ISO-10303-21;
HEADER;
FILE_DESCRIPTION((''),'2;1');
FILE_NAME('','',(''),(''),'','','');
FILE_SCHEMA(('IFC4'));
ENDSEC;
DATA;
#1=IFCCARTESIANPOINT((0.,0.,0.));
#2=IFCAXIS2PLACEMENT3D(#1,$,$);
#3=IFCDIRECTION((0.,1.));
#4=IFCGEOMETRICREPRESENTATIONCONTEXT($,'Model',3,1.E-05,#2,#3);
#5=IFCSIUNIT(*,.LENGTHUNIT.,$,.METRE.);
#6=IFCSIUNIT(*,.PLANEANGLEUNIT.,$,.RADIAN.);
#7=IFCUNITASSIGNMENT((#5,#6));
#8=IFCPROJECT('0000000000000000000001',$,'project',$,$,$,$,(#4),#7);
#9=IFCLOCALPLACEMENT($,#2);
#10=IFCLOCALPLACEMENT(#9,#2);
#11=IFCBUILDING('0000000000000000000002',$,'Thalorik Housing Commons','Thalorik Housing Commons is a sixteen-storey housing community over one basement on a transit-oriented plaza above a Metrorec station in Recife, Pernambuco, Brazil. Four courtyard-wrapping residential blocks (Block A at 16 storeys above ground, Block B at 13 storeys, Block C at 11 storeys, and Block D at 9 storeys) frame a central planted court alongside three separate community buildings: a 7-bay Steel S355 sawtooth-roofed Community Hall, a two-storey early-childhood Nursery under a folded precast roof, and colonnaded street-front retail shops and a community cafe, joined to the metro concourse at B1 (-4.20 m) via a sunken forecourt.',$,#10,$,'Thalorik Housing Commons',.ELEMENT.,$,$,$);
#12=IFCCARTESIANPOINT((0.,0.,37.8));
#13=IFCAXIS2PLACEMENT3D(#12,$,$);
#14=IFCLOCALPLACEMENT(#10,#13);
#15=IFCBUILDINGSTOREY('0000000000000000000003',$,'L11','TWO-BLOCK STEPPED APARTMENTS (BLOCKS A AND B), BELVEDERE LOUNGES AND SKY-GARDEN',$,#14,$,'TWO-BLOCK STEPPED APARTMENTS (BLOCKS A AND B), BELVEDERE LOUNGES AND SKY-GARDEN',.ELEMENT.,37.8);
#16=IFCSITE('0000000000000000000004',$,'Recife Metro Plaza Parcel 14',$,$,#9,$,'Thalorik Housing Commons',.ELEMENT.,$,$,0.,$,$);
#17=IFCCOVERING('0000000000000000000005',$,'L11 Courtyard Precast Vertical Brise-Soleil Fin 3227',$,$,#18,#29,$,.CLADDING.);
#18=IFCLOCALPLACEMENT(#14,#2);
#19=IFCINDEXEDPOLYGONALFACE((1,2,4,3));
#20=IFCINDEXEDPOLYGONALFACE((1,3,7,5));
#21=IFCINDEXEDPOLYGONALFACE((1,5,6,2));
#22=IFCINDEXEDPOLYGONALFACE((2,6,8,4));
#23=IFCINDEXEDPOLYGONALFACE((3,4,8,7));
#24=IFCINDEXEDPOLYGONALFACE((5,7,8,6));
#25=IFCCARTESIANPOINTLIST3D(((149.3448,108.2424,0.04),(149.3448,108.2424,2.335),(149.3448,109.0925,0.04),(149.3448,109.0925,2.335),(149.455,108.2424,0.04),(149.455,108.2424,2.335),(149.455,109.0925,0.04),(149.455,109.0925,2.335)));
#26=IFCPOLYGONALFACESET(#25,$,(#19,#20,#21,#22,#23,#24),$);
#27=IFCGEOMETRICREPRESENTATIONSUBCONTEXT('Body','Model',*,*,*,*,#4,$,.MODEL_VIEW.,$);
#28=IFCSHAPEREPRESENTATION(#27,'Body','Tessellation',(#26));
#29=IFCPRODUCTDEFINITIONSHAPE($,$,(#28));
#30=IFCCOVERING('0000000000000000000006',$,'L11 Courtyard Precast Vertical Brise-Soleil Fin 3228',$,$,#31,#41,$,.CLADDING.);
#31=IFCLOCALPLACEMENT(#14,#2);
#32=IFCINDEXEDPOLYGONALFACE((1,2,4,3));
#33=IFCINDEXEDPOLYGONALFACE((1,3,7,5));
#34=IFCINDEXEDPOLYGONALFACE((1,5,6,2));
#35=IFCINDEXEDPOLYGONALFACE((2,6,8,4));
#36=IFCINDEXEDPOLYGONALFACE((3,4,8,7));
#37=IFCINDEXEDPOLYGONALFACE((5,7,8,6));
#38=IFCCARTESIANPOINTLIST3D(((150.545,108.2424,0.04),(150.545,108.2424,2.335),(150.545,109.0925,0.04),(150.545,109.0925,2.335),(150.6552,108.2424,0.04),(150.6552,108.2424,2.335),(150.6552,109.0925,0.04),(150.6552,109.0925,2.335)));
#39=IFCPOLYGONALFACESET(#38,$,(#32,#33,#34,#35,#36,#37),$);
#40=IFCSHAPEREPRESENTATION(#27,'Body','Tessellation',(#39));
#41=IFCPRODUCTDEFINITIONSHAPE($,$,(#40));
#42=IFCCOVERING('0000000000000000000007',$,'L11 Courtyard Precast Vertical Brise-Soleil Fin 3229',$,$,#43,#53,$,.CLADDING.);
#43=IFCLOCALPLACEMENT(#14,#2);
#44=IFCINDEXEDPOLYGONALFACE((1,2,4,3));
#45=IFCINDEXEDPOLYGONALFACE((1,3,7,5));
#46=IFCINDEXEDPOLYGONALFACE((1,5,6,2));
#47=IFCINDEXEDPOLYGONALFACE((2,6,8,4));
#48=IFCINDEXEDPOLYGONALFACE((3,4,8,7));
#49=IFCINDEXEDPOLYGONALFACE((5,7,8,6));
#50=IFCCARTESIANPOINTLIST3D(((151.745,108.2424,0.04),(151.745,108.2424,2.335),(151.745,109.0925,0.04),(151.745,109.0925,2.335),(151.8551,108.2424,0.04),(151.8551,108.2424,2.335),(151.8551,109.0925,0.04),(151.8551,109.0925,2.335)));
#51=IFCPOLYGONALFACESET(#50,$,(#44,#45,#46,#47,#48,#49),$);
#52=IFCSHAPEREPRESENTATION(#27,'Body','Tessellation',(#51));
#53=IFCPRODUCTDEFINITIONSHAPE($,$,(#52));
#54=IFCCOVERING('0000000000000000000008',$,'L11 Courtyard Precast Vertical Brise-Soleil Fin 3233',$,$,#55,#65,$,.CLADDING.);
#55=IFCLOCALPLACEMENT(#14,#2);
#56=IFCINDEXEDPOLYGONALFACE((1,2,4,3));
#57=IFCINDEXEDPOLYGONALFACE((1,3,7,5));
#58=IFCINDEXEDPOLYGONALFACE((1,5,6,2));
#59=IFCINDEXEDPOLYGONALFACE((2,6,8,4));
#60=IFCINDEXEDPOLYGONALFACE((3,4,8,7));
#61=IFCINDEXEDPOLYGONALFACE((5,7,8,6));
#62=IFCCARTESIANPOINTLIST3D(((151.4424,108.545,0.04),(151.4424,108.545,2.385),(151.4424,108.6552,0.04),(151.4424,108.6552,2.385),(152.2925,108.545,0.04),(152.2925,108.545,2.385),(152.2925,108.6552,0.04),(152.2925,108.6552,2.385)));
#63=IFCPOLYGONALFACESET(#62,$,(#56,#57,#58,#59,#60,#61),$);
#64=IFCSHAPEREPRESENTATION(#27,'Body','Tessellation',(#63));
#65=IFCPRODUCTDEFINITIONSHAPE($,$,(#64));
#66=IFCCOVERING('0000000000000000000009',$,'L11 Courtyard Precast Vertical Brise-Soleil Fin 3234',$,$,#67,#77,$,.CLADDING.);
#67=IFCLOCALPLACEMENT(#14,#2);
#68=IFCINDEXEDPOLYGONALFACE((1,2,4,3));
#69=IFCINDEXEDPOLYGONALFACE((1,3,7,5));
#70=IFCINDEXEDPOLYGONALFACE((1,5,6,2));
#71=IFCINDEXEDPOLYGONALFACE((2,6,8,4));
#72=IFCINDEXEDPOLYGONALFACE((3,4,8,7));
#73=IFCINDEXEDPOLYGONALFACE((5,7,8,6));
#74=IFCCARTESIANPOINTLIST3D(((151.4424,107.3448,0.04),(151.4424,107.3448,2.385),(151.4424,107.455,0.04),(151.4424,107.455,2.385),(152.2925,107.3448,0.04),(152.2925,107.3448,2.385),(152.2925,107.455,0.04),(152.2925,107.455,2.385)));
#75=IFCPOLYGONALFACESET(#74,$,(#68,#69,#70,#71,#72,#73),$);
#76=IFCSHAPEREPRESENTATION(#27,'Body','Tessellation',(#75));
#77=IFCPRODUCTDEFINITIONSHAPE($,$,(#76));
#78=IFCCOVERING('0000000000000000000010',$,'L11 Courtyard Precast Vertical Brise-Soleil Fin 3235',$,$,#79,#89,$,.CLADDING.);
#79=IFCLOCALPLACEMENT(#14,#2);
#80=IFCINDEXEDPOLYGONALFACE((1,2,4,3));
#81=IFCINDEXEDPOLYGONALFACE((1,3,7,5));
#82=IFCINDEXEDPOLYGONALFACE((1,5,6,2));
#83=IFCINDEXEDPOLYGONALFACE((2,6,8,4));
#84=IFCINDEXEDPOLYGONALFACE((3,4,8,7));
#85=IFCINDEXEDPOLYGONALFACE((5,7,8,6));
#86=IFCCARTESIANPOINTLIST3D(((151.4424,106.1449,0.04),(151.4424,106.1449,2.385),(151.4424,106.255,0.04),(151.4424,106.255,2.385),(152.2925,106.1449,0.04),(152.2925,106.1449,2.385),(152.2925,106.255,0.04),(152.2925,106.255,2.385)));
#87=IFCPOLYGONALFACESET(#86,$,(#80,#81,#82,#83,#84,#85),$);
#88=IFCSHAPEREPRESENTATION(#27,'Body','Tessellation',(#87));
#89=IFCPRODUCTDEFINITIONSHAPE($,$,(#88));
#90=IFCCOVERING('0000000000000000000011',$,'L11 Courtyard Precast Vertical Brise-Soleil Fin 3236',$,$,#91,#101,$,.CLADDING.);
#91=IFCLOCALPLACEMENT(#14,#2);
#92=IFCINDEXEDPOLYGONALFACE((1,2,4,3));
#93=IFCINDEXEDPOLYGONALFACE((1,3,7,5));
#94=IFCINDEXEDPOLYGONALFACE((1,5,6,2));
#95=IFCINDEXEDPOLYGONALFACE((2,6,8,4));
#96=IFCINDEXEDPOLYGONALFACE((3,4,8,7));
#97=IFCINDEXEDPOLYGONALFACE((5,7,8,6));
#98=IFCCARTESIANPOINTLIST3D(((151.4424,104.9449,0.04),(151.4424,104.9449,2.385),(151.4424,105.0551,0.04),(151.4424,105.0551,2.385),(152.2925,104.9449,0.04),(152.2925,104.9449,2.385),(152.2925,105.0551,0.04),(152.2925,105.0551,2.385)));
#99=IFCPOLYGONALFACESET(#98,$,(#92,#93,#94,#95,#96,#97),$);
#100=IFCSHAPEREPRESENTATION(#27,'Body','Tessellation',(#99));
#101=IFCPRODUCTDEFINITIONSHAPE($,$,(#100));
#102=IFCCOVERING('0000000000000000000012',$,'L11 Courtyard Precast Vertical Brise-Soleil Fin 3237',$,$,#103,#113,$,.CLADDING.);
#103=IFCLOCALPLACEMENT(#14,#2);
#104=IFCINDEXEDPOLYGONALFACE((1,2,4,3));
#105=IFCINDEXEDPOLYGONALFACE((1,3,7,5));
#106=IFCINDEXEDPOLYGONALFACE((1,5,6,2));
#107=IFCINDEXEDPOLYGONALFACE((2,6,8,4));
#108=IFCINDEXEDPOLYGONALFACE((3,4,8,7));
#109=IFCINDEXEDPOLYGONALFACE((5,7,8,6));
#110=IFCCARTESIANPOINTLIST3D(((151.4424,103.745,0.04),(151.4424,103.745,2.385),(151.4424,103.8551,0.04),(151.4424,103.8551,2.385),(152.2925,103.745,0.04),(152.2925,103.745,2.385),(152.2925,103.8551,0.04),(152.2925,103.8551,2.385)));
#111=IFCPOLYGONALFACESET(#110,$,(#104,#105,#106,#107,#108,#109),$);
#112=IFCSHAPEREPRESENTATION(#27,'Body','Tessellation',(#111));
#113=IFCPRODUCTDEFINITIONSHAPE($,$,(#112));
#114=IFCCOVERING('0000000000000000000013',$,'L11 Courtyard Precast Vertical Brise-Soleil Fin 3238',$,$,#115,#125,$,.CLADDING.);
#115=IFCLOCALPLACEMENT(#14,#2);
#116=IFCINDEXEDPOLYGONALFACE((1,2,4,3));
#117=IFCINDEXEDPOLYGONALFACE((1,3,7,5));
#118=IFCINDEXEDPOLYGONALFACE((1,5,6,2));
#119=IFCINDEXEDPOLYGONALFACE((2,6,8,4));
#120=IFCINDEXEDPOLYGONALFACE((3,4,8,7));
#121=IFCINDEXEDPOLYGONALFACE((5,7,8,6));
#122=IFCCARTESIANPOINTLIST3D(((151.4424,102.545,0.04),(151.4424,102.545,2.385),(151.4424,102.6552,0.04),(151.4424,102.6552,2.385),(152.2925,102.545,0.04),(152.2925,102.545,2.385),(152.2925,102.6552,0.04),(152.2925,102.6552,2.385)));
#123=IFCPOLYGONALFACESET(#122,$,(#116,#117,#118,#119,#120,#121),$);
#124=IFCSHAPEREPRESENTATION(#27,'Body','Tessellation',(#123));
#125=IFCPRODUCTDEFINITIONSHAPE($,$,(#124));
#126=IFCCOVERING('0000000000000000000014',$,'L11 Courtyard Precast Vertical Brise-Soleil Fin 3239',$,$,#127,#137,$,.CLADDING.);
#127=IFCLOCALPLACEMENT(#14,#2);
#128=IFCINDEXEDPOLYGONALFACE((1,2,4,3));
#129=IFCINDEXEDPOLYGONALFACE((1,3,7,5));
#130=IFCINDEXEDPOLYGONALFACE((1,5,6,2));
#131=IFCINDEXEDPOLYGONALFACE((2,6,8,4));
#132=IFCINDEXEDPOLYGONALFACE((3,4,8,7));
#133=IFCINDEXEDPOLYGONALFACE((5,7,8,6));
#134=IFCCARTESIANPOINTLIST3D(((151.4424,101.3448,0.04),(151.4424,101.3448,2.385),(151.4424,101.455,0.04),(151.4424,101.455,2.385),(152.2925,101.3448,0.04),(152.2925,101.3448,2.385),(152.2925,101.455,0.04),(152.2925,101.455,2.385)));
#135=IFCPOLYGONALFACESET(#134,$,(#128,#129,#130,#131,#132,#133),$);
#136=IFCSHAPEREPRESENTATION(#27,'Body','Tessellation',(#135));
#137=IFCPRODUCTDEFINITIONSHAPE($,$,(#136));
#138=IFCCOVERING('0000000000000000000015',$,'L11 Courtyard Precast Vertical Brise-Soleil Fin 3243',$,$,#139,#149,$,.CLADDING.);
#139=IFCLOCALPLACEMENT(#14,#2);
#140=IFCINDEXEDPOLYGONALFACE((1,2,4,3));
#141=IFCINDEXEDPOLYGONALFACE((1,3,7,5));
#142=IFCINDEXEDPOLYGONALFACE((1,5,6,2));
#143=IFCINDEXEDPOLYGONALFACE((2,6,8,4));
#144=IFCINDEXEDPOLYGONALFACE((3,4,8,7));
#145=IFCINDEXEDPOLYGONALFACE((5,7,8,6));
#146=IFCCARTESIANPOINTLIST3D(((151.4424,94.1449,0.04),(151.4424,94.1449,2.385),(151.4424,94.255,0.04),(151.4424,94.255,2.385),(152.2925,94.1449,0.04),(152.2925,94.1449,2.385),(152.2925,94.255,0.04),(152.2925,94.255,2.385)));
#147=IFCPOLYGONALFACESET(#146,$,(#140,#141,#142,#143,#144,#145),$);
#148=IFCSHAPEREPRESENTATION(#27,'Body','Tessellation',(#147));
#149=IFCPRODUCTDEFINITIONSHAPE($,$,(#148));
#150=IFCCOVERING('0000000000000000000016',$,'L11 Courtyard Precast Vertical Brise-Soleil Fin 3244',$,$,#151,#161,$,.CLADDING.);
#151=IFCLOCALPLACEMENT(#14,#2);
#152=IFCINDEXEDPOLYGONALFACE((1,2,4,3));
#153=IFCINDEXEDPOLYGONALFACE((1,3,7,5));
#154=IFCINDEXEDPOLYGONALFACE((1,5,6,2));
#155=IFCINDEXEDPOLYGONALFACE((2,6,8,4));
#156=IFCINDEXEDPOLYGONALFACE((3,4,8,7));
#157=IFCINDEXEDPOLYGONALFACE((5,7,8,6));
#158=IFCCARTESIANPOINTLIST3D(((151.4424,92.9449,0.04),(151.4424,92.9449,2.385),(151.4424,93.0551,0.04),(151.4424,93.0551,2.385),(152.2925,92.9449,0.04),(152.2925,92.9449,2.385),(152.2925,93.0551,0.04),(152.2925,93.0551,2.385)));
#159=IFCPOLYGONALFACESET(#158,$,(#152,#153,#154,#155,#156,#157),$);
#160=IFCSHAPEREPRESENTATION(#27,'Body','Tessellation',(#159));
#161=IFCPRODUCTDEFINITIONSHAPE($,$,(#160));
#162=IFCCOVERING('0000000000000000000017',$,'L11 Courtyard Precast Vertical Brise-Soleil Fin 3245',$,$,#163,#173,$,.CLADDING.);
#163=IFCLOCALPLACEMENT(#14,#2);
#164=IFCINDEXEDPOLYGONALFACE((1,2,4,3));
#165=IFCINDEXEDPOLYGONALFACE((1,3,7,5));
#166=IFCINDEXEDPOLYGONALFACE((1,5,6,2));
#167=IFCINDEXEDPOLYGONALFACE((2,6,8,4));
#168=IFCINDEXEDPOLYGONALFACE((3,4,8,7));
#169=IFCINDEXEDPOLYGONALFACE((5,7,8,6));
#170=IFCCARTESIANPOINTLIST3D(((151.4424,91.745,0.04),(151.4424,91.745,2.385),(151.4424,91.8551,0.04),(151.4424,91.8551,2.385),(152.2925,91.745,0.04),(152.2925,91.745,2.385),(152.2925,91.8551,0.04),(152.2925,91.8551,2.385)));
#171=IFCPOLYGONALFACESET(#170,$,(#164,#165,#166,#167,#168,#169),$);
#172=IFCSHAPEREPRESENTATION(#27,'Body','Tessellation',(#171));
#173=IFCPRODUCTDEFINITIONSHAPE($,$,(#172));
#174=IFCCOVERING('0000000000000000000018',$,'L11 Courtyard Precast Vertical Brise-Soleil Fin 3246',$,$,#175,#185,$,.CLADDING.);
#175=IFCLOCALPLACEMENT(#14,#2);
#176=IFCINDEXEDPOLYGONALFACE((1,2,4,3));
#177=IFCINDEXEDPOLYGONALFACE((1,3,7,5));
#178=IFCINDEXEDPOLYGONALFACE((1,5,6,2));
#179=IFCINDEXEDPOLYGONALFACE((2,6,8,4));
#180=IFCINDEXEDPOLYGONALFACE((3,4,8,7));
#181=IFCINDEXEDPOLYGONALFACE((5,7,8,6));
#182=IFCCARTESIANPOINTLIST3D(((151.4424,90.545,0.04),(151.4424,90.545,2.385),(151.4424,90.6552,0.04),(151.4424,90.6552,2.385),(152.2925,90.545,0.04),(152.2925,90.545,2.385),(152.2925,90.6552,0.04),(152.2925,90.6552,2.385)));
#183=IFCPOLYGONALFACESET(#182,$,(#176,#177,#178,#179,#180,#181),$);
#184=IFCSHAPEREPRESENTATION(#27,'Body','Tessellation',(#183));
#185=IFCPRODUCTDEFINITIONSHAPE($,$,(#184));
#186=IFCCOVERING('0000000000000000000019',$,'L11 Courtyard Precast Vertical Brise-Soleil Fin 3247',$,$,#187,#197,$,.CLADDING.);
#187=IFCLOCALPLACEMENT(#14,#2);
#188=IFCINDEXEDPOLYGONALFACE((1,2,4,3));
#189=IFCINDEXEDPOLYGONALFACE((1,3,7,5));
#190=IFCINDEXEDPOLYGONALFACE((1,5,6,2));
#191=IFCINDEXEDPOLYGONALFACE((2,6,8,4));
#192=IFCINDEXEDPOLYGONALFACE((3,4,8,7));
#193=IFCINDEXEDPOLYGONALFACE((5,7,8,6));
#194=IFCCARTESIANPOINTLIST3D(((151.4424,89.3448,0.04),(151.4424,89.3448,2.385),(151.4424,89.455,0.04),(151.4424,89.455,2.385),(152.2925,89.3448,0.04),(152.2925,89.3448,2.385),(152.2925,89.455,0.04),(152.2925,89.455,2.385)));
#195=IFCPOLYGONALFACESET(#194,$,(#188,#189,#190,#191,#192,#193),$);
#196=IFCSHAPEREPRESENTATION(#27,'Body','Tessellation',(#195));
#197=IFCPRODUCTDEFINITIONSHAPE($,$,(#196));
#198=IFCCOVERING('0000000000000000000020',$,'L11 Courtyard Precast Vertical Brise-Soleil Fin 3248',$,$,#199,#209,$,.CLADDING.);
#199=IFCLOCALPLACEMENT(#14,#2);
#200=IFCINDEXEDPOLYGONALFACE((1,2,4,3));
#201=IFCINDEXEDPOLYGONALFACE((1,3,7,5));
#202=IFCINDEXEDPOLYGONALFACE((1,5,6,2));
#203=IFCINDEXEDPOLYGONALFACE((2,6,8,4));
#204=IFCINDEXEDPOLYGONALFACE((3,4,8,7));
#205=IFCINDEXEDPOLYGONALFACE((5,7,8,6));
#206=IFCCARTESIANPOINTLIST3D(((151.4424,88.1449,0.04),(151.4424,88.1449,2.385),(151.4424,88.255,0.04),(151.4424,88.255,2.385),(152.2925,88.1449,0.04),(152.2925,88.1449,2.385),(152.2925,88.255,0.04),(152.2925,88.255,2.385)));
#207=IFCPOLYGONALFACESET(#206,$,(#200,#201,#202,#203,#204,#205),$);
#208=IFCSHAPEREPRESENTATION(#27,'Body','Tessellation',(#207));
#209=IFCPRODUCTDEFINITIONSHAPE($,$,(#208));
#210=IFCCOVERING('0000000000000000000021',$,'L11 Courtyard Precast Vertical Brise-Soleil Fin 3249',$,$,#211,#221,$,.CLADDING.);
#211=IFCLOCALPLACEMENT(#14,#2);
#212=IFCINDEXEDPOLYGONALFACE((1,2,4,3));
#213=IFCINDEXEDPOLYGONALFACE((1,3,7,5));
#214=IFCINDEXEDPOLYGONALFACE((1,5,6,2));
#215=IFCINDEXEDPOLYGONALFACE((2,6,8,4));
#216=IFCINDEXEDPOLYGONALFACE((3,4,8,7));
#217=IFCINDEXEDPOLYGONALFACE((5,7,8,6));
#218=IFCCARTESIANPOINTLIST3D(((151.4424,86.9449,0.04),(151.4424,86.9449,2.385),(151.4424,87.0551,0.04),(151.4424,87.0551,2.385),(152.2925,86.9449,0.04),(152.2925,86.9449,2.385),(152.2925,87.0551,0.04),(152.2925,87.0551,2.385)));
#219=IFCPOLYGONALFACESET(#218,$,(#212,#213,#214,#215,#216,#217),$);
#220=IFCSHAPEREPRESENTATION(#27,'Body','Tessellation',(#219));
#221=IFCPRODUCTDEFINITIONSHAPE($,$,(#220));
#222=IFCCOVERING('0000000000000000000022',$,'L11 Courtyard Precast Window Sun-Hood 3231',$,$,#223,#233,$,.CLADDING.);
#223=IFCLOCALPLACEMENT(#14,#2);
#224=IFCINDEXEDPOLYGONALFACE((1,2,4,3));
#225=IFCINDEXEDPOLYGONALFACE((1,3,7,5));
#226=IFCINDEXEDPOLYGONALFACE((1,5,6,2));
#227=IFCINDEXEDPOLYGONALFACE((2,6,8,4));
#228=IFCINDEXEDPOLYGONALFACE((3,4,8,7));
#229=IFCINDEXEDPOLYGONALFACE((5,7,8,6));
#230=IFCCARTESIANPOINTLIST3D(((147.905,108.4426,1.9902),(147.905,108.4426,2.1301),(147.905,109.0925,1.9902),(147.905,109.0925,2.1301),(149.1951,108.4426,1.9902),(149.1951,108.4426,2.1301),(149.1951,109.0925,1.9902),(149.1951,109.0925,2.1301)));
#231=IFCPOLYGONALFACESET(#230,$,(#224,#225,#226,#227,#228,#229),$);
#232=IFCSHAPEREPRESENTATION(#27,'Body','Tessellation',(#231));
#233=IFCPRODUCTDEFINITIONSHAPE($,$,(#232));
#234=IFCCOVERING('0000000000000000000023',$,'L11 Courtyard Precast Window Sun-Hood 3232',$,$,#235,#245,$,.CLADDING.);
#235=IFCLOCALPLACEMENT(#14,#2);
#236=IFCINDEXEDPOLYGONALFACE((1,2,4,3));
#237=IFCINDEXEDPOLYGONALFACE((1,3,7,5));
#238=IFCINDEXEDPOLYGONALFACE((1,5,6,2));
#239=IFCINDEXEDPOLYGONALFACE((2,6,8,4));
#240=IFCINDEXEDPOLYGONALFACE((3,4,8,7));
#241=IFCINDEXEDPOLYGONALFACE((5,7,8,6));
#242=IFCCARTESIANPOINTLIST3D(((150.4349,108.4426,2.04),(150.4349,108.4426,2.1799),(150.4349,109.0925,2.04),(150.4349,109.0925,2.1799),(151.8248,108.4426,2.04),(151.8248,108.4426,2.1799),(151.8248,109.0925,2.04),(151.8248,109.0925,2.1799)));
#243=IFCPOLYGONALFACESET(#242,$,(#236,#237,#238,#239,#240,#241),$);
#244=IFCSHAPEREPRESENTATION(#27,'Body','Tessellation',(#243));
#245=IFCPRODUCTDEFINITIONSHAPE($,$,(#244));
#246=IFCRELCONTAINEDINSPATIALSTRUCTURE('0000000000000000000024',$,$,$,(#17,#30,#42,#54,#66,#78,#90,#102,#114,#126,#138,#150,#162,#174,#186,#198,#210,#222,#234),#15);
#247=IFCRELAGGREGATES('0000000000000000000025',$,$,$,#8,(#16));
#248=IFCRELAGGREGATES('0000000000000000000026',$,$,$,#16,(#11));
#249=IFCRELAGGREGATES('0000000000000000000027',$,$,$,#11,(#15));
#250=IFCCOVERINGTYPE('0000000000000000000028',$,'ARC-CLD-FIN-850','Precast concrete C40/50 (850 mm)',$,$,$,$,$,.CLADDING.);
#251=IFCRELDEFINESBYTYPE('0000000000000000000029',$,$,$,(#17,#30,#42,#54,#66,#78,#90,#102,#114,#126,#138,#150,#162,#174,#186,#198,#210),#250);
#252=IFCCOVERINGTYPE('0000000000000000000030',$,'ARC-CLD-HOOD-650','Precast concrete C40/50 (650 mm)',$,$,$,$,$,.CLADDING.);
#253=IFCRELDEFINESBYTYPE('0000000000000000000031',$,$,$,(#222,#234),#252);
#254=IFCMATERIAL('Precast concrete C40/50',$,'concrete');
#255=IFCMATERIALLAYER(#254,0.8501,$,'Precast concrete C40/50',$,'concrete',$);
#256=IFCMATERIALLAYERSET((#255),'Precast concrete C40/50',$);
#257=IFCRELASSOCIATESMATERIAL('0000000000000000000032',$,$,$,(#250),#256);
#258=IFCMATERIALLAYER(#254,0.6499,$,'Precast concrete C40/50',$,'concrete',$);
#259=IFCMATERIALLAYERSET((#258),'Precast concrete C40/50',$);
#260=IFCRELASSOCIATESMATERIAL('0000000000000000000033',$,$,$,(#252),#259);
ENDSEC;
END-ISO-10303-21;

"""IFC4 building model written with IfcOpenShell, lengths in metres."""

from ifc_helpers import new_model, si_unit, direction, frame, origin, origin_2d, place, context, subcontext, project, spatial, rectangle, extrude, material, layer, layer_set, type_object, element, save


model = new_model("IFC4")

# Units and contexts
model_context = context("Model", 3, precision=1e-05, world=origin(), true_north=direction((0.0, 1.0)))
body_context = subcontext(model_context, "Body", "Model", "MODEL_VIEW")
ifc_project = project(units=[si_unit("LENGTHUNIT", "METRE"), si_unit("PLANEANGLEUNIT", "RADIAN")], contexts=[model_context])

# Site, building, storey
site_placement = place(None, origin())
site = spatial("IfcSite", under=ifc_project, at=site_placement, Name="Recife Metro Plaza Parcel 14", LongName="Thalorik Housing Commons", CompositionType="ELEMENT", RefElevation=0.0)
building_placement = place(site_placement, origin())
building = spatial("IfcBuilding", under=site, at=building_placement, Name="Thalorik Housing Commons", Description="Thalorik Housing Commons is a sixteen-storey housing community over one basement on a transit-oriented plaza above a Metrorec station in Recife, Pernambuco, Brazil. Four courtyard-wrapping residential blocks (Block A at 16 storeys above ground, Block B at 13 storeys, Block C at 11 storeys, and Block D at 9 storeys) frame a central planted court alongside three separate community buildings: a 7-bay Steel S355 sawtooth-roofed Community Hall, a two-storey early-childhood Nursery under a folded precast roof, and colonnaded street-front retail shops and a community cafe, joined to the metro concourse at B1 (-4.20 m) via a sunken forecourt.", LongName="Thalorik Housing Commons", CompositionType="ELEMENT")
storey_placement = place(building_placement, frame((0.0, 0.0, 37.8)))
storey = spatial("IfcBuildingStorey", under=building, at=storey_placement, Name="L11", Description="TWO-BLOCK STEPPED APARTMENTS (BLOCKS A AND B), BELVEDERE LOUNGES AND SKY-GARDEN", LongName="TWO-BLOCK STEPPED APARTMENTS (BLOCKS A AND B), BELVEDERE LOUNGES AND SKY-GARDEN", CompositionType="ELEMENT", Elevation=37.8)

# Coverings
ifc_material = material(Name="Precast concrete C40/50", Category="concrete")
ifc_layer_1 = layer(ifc_material, 0.8501, Name="Precast concrete C40/50", Category="concrete")
ifc_layer_set_1 = layer_set([ifc_layer_1], Name="Precast concrete C40/50")
covering_type_1 = type_object("IfcCoveringType", Name="ARC-CLD-FIN-850", Description="Precast concrete C40/50 (850 mm)", PredefinedType="CLADDING", material=ifc_layer_set_1)
for number, where, z_axis, x_axis, name in (
    (1, (149.3999, 108.6675, 0.04), (0.0, 0.0, 1.0), (1.0, 0.0, 0.0), "L11 Courtyard Precast Vertical Brise-Soleil Fin 3227"),
    (2, (150.6001, 108.6675, 0.04), (0.0, 0.0, 1.0), (1.0, 0.0, 0.0), "L11 Courtyard Precast Vertical Brise-Soleil Fin 3228"),
    (3, (151.8, 108.6675, 0.04), (0.0, 0.0, 1.0), (1.0, 0.0, 0.0), "L11 Courtyard Precast Vertical Brise-Soleil Fin 3229"),
):
    element("IfcCovering", number, at=place(storey_placement, frame(where, z_axis=z_axis, x_axis=x_axis)), inside=storey, type_object=covering_type_1, Name=name, PredefinedType="CLADDING", context=body_context, shape_type="SweptSolid", body=[
        extrude(rectangle(XDim=0.1101, YDim=0.8501, at=origin_2d()), origin(), (0.0, 0.0, 1.0), 2.2949),
    ])
for number, where, z_axis, x_axis, name in (
    (4, (151.8674, 108.6001, 0.04), (0.0, 0.0, 1.0), (0.0, -1.0, 0.0), "L11 Courtyard Precast Vertical Brise-Soleil Fin 3233"),
    (5, (151.8674, 107.3999, 0.04), (0.0, 0.0, 1.0), (0.0, -1.0, 0.0), "L11 Courtyard Precast Vertical Brise-Soleil Fin 3234"),
    (6, (151.8674, 106.2, 0.04), (0.0, 0.0, 1.0), (0.0, -1.0, 0.0), "L11 Courtyard Precast Vertical Brise-Soleil Fin 3235"),
    (7, (151.8674, 105.0, 0.04), (0.0, 0.0, 1.0), (0.0, -1.0, 0.0), "L11 Courtyard Precast Vertical Brise-Soleil Fin 3236"),
    (8, (151.8674, 103.8, 0.04), (0.0, 0.0, 1.0), (0.0, -1.0, 0.0), "L11 Courtyard Precast Vertical Brise-Soleil Fin 3237"),
    (9, (151.8674, 102.6001, 0.04), (0.0, 0.0, 1.0), (0.0, -1.0, 0.0), "L11 Courtyard Precast Vertical Brise-Soleil Fin 3238"),
    (10, (151.8674, 101.3999, 0.04), (0.0, 0.0, 1.0), (0.0, -1.0, 0.0), "L11 Courtyard Precast Vertical Brise-Soleil Fin 3239"),
    (11, (151.8674, 94.2, 0.04), (0.0, 0.0, 1.0), (0.0, -1.0, 0.0), "L11 Courtyard Precast Vertical Brise-Soleil Fin 3243"),
    (12, (151.8674, 93.0, 0.04), (0.0, 0.0, 1.0), (0.0, -1.0, 0.0), "L11 Courtyard Precast Vertical Brise-Soleil Fin 3244"),
    (13, (151.8674, 91.8, 0.04), (0.0, 0.0, 1.0), (0.0, -1.0, 0.0), "L11 Courtyard Precast Vertical Brise-Soleil Fin 3245"),
    (14, (151.8674, 90.6001, 0.04), (0.0, 0.0, 1.0), (0.0, -1.0, 0.0), "L11 Courtyard Precast Vertical Brise-Soleil Fin 3246"),
    (15, (151.8674, 89.3999, 0.04), (0.0, 0.0, 1.0), (0.0, -1.0, 0.0), "L11 Courtyard Precast Vertical Brise-Soleil Fin 3247"),
    (16, (151.8674, 88.2, 0.04), (0.0, 0.0, 1.0), (0.0, -1.0, 0.0), "L11 Courtyard Precast Vertical Brise-Soleil Fin 3248"),
    (17, (151.8674, 87.0, 0.04), (0.0, 0.0, 1.0), (0.0, -1.0, 0.0), "L11 Courtyard Precast Vertical Brise-Soleil Fin 3249"),
):
    element("IfcCovering", number, at=place(storey_placement, frame(where, z_axis=z_axis, x_axis=x_axis)), inside=storey, type_object=covering_type_1, Name=name, PredefinedType="CLADDING", context=body_context, shape_type="SweptSolid", body=[
        extrude(rectangle(XDim=0.1101, YDim=0.8501, at=origin_2d()), origin(), (0.0, 0.0, 1.0), 2.345),
    ])
ifc_layer_2 = layer(ifc_material, 0.6499, Name="Precast concrete C40/50", Category="concrete")
ifc_layer_set_2 = layer_set([ifc_layer_2], Name="Precast concrete C40/50")
covering_type_2 = type_object("IfcCoveringType", Name="ARC-CLD-HOOD-650", Description="Precast concrete C40/50 (650 mm)", PredefinedType="CLADDING", material=ifc_layer_set_2)
covering_1_placement = place(storey_placement, frame((148.55, 108.7676, 1.9902), z_axis=(0.0, 0.0, 1.0), x_axis=(1.0, 0.0, 0.0)))
element("IfcCovering", 18, at=covering_1_placement, inside=storey, type_object=covering_type_2, Name="L11 Courtyard Precast Window Sun-Hood 3231", PredefinedType="CLADDING", context=body_context, shape_type="SweptSolid", body=[
    extrude(rectangle(XDim=1.29, YDim=0.6499, at=origin_2d()), origin(), (0.0, 0.0, 1.0), 0.1399),
])
covering_2_placement = place(storey_placement, frame((151.1299, 108.7676, 2.04), z_axis=(0.0, 0.0, 1.0), x_axis=(1.0, 0.0, 0.0)))
element("IfcCovering", 19, at=covering_2_placement, inside=storey, type_object=covering_type_2, Name="L11 Courtyard Precast Window Sun-Hood 3232", PredefinedType="CLADDING", context=body_context, shape_type="SweptSolid", body=[
    extrude(rectangle(XDim=1.3899, YDim=0.6499, at=origin_2d()), origin(), (0.0, 0.0, 1.0), 0.1399),
])

save(model, "model.ifc")
